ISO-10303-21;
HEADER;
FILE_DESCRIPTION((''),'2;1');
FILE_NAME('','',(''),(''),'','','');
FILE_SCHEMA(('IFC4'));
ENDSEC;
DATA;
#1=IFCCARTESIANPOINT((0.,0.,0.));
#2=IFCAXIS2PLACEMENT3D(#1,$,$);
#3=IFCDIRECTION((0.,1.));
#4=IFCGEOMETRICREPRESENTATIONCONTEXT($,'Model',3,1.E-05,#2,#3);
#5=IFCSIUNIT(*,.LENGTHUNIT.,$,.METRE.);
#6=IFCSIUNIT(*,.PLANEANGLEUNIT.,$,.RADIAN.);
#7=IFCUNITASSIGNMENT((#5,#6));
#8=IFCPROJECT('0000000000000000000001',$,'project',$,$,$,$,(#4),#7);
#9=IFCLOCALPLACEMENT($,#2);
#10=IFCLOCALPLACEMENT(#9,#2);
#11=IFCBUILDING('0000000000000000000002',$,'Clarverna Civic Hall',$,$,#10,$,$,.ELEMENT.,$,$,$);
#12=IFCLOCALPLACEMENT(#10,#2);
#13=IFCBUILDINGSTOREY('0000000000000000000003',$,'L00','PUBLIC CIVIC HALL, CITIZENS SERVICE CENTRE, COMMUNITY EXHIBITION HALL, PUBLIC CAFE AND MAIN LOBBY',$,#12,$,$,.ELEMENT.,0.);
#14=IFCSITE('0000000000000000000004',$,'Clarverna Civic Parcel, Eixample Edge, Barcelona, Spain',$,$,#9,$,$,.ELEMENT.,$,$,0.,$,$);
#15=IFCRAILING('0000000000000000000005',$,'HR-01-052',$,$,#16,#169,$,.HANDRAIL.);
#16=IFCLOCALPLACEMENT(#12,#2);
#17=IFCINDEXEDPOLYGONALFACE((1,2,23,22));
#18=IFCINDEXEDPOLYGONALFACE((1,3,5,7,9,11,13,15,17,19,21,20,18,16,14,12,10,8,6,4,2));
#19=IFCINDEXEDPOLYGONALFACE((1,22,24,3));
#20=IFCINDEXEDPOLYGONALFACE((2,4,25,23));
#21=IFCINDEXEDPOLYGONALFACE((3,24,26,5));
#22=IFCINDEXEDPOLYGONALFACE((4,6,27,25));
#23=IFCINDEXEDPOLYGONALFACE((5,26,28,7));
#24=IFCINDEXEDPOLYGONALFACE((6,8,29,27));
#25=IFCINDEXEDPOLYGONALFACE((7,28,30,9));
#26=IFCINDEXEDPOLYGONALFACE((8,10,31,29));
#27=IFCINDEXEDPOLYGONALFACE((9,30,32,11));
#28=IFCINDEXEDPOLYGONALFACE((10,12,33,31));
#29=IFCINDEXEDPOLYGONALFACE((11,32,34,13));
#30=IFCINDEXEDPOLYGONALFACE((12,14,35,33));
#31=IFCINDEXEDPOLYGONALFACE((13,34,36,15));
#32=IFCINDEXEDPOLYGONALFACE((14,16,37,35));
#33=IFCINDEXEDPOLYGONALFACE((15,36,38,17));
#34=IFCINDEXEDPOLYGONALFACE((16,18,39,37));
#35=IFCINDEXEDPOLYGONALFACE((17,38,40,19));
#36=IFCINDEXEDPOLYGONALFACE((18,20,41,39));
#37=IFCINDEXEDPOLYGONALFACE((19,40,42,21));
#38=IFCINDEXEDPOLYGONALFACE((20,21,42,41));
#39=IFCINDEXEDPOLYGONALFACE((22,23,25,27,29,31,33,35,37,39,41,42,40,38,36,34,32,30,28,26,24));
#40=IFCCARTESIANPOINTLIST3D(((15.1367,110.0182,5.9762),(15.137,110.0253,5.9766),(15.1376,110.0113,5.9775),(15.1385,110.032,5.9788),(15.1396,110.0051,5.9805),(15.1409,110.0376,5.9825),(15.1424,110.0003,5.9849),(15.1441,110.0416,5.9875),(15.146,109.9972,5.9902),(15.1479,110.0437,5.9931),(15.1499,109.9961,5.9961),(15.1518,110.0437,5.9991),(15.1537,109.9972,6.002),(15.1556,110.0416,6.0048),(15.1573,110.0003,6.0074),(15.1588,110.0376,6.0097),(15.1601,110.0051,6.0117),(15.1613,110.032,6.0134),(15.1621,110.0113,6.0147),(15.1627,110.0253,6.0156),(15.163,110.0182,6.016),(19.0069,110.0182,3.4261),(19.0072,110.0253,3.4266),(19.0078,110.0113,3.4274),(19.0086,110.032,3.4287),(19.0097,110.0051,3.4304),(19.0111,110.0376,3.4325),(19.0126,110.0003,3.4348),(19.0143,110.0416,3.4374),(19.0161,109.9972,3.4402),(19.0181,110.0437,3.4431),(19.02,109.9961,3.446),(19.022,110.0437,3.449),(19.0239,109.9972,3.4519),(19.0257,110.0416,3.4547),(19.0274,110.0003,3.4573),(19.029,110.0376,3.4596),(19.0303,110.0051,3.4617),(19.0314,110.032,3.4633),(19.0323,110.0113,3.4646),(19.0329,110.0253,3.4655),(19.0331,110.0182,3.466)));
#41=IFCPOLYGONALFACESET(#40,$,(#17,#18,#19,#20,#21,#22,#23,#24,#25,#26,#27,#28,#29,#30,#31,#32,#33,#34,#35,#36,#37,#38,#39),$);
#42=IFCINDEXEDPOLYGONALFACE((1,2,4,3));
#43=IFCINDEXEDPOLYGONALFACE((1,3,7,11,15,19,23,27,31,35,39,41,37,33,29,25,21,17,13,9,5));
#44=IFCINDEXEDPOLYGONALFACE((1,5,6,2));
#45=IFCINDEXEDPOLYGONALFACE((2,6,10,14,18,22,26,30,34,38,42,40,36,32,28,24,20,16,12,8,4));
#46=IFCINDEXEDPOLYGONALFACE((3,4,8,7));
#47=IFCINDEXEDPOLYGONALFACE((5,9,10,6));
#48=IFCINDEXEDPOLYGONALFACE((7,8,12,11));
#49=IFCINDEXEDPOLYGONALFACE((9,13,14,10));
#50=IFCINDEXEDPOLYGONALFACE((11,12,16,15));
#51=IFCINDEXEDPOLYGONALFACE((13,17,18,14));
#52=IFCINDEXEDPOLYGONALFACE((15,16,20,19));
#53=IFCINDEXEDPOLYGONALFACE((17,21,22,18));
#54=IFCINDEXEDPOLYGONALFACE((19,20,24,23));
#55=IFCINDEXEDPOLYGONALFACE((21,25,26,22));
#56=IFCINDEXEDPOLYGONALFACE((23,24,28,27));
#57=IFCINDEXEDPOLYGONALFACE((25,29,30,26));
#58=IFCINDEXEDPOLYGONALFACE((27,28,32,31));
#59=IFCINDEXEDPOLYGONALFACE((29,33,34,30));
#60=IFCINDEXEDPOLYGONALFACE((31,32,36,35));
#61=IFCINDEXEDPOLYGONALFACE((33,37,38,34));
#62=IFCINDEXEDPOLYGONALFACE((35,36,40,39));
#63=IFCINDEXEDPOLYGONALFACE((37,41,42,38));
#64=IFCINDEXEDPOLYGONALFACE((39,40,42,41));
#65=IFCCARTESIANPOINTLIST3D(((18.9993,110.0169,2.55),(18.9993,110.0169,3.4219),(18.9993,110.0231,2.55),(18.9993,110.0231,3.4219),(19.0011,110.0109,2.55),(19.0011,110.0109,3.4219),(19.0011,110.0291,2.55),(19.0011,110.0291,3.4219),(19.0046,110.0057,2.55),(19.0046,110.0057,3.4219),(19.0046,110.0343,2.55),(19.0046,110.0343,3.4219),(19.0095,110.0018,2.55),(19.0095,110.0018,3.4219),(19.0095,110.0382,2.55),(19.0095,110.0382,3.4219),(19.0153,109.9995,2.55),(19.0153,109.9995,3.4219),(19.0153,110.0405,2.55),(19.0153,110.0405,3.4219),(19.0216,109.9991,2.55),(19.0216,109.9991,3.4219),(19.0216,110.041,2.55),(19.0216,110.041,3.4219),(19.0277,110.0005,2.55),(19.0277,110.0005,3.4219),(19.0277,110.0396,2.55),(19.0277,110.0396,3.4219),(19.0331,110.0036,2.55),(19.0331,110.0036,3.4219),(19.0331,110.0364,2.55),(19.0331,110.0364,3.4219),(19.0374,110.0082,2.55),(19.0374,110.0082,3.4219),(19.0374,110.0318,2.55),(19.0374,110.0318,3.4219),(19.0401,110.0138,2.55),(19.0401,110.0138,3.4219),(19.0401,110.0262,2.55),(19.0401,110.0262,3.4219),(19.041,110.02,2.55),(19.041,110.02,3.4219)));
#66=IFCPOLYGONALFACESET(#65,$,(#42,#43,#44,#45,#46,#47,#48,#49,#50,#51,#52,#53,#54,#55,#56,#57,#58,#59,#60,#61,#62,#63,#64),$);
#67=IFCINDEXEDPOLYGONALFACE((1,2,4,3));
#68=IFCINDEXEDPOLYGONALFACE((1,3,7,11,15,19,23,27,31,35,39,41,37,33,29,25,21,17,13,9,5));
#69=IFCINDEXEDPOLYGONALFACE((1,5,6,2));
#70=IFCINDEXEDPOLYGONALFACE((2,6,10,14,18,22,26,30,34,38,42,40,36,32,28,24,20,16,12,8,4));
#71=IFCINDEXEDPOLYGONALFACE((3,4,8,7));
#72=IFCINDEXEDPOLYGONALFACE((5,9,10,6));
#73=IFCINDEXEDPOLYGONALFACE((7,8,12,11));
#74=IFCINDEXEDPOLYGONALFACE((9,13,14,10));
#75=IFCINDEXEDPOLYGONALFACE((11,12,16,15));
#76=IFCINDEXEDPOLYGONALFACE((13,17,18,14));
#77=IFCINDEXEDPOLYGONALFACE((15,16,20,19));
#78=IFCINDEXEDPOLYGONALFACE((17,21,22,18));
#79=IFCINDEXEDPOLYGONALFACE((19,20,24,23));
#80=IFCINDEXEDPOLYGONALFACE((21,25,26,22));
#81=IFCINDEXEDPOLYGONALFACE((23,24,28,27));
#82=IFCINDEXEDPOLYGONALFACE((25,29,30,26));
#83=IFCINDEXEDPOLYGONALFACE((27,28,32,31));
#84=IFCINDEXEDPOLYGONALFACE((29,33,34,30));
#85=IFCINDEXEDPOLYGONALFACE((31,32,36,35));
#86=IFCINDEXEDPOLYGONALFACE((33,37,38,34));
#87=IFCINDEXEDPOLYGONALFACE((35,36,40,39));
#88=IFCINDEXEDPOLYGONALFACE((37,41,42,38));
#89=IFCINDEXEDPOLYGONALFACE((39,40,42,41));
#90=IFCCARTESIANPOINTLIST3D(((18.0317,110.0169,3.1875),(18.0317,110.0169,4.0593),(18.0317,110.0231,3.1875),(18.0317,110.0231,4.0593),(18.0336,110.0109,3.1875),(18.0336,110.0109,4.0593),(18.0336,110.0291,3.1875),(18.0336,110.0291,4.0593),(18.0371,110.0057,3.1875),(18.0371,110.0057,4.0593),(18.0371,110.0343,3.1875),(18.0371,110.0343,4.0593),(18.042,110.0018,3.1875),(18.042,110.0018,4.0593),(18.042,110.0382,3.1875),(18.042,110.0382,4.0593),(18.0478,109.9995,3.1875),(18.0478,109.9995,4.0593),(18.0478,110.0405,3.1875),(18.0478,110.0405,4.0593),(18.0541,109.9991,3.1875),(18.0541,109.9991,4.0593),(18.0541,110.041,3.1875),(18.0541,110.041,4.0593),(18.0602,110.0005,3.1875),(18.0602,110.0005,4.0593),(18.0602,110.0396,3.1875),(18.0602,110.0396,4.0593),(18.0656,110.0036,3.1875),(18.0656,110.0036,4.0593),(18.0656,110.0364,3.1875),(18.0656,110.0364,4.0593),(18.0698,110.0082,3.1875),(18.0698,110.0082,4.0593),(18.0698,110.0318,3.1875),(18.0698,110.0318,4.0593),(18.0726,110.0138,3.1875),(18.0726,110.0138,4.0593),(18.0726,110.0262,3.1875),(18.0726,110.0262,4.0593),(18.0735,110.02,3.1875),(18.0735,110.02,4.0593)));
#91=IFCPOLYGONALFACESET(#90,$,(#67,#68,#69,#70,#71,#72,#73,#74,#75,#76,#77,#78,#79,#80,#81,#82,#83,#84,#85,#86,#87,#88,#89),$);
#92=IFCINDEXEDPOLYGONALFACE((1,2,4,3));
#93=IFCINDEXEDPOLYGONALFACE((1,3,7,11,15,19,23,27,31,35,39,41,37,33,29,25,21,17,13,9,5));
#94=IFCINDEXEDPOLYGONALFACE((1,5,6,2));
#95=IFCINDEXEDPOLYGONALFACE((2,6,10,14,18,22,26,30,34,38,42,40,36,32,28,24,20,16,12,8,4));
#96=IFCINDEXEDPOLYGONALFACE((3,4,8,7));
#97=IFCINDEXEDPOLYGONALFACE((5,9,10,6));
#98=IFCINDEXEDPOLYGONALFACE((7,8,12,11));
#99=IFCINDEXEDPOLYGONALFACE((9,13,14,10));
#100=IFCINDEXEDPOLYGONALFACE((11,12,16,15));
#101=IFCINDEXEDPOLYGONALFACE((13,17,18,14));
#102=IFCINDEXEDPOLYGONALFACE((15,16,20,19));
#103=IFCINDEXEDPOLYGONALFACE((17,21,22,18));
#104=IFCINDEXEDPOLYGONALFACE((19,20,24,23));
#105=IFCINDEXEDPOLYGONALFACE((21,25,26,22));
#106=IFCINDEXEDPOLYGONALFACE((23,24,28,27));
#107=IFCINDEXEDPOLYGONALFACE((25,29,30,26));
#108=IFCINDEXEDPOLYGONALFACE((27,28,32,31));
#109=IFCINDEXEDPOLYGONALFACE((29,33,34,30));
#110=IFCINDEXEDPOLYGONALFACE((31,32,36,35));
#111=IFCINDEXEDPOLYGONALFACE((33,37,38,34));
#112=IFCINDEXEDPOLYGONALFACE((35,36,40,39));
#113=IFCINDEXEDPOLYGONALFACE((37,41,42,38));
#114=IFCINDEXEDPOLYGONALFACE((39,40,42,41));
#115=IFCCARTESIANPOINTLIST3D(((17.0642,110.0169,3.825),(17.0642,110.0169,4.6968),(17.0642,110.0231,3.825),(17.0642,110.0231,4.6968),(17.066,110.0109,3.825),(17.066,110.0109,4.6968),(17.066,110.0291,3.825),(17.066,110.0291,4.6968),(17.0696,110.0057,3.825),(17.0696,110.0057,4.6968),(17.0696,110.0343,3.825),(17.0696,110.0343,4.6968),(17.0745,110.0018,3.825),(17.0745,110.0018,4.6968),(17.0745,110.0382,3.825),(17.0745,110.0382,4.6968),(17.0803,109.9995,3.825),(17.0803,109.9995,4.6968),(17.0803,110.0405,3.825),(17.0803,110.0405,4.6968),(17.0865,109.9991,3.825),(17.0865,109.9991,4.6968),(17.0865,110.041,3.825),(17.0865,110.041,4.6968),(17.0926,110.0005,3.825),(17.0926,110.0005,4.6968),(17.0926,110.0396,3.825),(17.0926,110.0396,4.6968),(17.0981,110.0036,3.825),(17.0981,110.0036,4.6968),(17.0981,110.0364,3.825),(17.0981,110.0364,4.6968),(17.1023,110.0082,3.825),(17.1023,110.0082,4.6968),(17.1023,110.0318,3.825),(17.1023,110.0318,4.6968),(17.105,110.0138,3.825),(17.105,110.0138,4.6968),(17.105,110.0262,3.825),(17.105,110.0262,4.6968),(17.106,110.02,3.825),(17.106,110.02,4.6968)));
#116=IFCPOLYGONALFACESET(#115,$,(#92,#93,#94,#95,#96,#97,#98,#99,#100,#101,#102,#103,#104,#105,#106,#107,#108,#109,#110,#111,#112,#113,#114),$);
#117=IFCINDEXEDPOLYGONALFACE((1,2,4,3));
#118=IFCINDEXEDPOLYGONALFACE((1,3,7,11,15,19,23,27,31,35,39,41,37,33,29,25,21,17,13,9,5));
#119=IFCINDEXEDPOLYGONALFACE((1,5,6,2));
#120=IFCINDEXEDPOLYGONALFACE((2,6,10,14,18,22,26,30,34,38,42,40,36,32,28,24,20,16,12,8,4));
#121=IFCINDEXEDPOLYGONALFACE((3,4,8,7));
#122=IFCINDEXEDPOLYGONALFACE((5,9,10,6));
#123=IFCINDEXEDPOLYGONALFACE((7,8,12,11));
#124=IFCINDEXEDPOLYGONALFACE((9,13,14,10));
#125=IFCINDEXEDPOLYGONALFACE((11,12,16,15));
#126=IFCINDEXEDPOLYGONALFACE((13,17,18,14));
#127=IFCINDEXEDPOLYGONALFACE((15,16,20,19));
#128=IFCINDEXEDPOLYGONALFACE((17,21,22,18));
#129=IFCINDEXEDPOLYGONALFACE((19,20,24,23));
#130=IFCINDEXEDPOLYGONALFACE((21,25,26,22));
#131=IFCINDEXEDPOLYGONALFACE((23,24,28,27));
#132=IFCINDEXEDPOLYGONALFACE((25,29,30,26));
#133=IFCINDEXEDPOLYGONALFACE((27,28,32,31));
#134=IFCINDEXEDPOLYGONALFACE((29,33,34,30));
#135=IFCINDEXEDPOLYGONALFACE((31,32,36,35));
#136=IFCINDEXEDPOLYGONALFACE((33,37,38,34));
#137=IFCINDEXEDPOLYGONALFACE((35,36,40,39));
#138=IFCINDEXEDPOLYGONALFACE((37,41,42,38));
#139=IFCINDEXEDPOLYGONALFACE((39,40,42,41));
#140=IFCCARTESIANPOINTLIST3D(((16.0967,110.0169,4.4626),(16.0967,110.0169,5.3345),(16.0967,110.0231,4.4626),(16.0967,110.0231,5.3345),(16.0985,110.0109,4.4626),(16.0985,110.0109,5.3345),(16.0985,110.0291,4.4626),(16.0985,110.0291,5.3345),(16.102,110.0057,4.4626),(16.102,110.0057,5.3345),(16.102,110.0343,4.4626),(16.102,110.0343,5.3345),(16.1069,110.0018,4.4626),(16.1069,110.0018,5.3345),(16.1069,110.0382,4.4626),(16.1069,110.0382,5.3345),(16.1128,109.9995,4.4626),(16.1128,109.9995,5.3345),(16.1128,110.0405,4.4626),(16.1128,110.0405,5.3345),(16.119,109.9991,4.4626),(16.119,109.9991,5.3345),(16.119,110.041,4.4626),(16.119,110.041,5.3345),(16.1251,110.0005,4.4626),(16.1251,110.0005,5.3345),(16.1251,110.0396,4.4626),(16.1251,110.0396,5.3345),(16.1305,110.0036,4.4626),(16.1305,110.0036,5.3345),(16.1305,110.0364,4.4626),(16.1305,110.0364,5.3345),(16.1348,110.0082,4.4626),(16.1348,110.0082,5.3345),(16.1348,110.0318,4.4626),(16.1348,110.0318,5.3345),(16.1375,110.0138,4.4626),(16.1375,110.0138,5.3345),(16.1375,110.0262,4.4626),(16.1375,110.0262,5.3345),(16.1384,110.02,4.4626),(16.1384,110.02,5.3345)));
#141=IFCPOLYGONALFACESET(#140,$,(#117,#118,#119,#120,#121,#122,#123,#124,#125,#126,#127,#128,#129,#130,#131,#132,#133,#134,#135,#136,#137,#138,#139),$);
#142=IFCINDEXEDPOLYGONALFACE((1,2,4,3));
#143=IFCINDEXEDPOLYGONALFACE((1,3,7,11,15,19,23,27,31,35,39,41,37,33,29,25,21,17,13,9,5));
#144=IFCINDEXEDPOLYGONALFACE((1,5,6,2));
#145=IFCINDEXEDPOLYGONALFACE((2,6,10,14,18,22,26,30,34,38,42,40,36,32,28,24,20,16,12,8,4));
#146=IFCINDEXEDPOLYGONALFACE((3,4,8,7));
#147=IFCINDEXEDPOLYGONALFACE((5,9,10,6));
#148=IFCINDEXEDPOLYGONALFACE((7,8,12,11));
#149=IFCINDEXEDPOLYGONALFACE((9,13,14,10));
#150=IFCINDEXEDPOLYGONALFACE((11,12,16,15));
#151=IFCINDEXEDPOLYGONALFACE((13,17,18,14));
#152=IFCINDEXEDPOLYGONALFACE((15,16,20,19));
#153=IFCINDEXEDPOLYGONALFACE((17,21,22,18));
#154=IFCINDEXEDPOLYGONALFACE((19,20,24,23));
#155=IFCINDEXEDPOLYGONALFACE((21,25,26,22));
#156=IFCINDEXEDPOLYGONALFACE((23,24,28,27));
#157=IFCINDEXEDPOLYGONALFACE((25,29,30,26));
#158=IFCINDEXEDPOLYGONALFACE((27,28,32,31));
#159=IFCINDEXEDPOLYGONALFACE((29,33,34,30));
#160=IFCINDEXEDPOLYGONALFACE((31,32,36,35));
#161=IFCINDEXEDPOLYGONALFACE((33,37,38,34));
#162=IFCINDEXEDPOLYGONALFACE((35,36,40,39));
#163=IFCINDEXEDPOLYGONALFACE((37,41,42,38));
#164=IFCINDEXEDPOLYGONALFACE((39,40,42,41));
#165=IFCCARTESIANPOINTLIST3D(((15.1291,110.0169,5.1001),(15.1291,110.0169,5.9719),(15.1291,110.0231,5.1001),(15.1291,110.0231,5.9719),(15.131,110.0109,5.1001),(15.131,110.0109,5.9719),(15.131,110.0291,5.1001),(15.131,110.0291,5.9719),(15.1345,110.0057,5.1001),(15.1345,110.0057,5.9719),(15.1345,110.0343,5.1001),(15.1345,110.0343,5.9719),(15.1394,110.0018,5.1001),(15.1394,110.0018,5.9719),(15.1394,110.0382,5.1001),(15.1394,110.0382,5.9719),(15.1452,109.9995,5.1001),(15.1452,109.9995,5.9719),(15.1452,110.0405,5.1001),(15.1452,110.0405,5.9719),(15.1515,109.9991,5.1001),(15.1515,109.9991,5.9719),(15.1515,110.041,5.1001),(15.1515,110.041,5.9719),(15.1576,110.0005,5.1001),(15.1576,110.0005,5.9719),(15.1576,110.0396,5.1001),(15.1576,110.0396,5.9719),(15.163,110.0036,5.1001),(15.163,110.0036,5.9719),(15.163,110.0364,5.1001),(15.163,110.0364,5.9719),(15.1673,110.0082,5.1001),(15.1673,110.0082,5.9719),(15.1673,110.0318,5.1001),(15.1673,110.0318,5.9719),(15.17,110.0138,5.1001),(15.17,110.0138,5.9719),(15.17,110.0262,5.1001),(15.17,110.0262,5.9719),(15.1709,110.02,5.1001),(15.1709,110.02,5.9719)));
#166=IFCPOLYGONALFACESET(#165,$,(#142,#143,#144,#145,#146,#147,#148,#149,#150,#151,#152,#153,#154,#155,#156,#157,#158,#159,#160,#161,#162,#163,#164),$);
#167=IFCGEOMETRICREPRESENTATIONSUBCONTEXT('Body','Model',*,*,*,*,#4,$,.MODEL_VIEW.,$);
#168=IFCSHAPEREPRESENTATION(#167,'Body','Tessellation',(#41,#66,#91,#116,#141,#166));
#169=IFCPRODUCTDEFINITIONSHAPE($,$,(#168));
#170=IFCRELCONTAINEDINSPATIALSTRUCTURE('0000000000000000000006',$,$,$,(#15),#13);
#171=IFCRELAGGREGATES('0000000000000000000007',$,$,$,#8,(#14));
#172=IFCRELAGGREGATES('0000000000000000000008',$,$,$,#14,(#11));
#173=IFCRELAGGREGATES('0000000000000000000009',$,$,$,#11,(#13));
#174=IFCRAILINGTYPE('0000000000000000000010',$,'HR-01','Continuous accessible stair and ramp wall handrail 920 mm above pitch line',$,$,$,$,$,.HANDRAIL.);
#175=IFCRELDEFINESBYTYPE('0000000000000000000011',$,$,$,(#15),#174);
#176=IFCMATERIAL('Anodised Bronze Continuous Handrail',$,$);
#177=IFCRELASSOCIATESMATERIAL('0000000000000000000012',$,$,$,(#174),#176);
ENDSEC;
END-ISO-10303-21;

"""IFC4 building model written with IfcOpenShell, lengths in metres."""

from ifc_helpers import new_model, si_unit, direction, frame, origin, origin_2d, place, context, subcontext, project, spatial, circle, extrude, material, type_object, element, save


model = new_model("IFC4")

# Units and contexts
model_context = context("Model", 3, precision=1e-05, world=origin(), true_north=direction((0.0, 1.0)))
body_context = subcontext(model_context, "Body", "Model", "MODEL_VIEW")
ifc_project = project(units=[si_unit("LENGTHUNIT", "METRE"), si_unit("PLANEANGLEUNIT", "RADIAN")], contexts=[model_context])

# Site, building, storey
site_placement = place(None, origin())
site = spatial("IfcSite", under=ifc_project, at=site_placement, Name="Clarverna Civic Parcel, Eixample Edge, Barcelona, Spain", CompositionType="ELEMENT", RefElevation=0.0)
building_placement = place(site_placement, origin())
building = spatial("IfcBuilding", under=site, at=building_placement, Name="Clarverna Civic Hall", CompositionType="ELEMENT")
storey_placement = place(building_placement, origin())
storey = spatial("IfcBuildingStorey", under=building, at=storey_placement, Name="L00", Description="PUBLIC CIVIC HALL, CITIZENS SERVICE CENTRE, COMMUNITY EXHIBITION HALL, PUBLIC CAFE AND MAIN LOBBY", CompositionType="ELEMENT", Elevation=0.0)

# Railing
ifc_material_1 = material(Name="Anodised Bronze Continuous Handrail")
railing_type_1 = type_object("IfcRailingType", Name="HR-01", Description="Continuous accessible stair and ramp wall handrail 920 mm above pitch line", PredefinedType="HANDRAIL", material=ifc_material_1)
railing_1_placement = place(storey_placement, frame((19.02, 110.02, 2.55)))
element("IfcRailing", 1, at=railing_1_placement, inside=storey, type_object=railing_type_1, Name="HR-01-052", PredefinedType="HANDRAIL", context=body_context, shape_type="SweptSolid", body=[
    extrude(circle(Radius=0.0239, at=origin_2d()), frame((0.0, 0.0, 0.896), z_axis=(-0.835029, 0.0, 0.550207), x_axis=(0.0, -1.0, 0.0)), (0.0, 0.0, 1.0), 4.6348),
    extrude(circle(Radius=0.021, at=origin_2d()), origin(), (0.0, 0.0, 1.0), 0.8718),
    extrude(circle(Radius=0.021, at=origin_2d()), frame((-0.9675, 0.0, 0.6375)), (0.0, 0.0, 1.0), 0.8718),
    extrude(circle(Radius=0.021, at=origin_2d()), frame((-1.9351, 0.0, 1.2749)), (0.0, 0.0, 1.0), 0.8718),
    extrude(circle(Radius=0.021, at=origin_2d()), frame((-2.9026, 0.0, 1.9126)), (0.0, 0.0, 1.0), 0.8718),
    extrude(circle(Radius=0.021, at=origin_2d()), frame((-3.8701, 0.0, 2.55)), (0.0, 0.0, 1.0), 0.8718),
])

save(model, "model.ifc")
